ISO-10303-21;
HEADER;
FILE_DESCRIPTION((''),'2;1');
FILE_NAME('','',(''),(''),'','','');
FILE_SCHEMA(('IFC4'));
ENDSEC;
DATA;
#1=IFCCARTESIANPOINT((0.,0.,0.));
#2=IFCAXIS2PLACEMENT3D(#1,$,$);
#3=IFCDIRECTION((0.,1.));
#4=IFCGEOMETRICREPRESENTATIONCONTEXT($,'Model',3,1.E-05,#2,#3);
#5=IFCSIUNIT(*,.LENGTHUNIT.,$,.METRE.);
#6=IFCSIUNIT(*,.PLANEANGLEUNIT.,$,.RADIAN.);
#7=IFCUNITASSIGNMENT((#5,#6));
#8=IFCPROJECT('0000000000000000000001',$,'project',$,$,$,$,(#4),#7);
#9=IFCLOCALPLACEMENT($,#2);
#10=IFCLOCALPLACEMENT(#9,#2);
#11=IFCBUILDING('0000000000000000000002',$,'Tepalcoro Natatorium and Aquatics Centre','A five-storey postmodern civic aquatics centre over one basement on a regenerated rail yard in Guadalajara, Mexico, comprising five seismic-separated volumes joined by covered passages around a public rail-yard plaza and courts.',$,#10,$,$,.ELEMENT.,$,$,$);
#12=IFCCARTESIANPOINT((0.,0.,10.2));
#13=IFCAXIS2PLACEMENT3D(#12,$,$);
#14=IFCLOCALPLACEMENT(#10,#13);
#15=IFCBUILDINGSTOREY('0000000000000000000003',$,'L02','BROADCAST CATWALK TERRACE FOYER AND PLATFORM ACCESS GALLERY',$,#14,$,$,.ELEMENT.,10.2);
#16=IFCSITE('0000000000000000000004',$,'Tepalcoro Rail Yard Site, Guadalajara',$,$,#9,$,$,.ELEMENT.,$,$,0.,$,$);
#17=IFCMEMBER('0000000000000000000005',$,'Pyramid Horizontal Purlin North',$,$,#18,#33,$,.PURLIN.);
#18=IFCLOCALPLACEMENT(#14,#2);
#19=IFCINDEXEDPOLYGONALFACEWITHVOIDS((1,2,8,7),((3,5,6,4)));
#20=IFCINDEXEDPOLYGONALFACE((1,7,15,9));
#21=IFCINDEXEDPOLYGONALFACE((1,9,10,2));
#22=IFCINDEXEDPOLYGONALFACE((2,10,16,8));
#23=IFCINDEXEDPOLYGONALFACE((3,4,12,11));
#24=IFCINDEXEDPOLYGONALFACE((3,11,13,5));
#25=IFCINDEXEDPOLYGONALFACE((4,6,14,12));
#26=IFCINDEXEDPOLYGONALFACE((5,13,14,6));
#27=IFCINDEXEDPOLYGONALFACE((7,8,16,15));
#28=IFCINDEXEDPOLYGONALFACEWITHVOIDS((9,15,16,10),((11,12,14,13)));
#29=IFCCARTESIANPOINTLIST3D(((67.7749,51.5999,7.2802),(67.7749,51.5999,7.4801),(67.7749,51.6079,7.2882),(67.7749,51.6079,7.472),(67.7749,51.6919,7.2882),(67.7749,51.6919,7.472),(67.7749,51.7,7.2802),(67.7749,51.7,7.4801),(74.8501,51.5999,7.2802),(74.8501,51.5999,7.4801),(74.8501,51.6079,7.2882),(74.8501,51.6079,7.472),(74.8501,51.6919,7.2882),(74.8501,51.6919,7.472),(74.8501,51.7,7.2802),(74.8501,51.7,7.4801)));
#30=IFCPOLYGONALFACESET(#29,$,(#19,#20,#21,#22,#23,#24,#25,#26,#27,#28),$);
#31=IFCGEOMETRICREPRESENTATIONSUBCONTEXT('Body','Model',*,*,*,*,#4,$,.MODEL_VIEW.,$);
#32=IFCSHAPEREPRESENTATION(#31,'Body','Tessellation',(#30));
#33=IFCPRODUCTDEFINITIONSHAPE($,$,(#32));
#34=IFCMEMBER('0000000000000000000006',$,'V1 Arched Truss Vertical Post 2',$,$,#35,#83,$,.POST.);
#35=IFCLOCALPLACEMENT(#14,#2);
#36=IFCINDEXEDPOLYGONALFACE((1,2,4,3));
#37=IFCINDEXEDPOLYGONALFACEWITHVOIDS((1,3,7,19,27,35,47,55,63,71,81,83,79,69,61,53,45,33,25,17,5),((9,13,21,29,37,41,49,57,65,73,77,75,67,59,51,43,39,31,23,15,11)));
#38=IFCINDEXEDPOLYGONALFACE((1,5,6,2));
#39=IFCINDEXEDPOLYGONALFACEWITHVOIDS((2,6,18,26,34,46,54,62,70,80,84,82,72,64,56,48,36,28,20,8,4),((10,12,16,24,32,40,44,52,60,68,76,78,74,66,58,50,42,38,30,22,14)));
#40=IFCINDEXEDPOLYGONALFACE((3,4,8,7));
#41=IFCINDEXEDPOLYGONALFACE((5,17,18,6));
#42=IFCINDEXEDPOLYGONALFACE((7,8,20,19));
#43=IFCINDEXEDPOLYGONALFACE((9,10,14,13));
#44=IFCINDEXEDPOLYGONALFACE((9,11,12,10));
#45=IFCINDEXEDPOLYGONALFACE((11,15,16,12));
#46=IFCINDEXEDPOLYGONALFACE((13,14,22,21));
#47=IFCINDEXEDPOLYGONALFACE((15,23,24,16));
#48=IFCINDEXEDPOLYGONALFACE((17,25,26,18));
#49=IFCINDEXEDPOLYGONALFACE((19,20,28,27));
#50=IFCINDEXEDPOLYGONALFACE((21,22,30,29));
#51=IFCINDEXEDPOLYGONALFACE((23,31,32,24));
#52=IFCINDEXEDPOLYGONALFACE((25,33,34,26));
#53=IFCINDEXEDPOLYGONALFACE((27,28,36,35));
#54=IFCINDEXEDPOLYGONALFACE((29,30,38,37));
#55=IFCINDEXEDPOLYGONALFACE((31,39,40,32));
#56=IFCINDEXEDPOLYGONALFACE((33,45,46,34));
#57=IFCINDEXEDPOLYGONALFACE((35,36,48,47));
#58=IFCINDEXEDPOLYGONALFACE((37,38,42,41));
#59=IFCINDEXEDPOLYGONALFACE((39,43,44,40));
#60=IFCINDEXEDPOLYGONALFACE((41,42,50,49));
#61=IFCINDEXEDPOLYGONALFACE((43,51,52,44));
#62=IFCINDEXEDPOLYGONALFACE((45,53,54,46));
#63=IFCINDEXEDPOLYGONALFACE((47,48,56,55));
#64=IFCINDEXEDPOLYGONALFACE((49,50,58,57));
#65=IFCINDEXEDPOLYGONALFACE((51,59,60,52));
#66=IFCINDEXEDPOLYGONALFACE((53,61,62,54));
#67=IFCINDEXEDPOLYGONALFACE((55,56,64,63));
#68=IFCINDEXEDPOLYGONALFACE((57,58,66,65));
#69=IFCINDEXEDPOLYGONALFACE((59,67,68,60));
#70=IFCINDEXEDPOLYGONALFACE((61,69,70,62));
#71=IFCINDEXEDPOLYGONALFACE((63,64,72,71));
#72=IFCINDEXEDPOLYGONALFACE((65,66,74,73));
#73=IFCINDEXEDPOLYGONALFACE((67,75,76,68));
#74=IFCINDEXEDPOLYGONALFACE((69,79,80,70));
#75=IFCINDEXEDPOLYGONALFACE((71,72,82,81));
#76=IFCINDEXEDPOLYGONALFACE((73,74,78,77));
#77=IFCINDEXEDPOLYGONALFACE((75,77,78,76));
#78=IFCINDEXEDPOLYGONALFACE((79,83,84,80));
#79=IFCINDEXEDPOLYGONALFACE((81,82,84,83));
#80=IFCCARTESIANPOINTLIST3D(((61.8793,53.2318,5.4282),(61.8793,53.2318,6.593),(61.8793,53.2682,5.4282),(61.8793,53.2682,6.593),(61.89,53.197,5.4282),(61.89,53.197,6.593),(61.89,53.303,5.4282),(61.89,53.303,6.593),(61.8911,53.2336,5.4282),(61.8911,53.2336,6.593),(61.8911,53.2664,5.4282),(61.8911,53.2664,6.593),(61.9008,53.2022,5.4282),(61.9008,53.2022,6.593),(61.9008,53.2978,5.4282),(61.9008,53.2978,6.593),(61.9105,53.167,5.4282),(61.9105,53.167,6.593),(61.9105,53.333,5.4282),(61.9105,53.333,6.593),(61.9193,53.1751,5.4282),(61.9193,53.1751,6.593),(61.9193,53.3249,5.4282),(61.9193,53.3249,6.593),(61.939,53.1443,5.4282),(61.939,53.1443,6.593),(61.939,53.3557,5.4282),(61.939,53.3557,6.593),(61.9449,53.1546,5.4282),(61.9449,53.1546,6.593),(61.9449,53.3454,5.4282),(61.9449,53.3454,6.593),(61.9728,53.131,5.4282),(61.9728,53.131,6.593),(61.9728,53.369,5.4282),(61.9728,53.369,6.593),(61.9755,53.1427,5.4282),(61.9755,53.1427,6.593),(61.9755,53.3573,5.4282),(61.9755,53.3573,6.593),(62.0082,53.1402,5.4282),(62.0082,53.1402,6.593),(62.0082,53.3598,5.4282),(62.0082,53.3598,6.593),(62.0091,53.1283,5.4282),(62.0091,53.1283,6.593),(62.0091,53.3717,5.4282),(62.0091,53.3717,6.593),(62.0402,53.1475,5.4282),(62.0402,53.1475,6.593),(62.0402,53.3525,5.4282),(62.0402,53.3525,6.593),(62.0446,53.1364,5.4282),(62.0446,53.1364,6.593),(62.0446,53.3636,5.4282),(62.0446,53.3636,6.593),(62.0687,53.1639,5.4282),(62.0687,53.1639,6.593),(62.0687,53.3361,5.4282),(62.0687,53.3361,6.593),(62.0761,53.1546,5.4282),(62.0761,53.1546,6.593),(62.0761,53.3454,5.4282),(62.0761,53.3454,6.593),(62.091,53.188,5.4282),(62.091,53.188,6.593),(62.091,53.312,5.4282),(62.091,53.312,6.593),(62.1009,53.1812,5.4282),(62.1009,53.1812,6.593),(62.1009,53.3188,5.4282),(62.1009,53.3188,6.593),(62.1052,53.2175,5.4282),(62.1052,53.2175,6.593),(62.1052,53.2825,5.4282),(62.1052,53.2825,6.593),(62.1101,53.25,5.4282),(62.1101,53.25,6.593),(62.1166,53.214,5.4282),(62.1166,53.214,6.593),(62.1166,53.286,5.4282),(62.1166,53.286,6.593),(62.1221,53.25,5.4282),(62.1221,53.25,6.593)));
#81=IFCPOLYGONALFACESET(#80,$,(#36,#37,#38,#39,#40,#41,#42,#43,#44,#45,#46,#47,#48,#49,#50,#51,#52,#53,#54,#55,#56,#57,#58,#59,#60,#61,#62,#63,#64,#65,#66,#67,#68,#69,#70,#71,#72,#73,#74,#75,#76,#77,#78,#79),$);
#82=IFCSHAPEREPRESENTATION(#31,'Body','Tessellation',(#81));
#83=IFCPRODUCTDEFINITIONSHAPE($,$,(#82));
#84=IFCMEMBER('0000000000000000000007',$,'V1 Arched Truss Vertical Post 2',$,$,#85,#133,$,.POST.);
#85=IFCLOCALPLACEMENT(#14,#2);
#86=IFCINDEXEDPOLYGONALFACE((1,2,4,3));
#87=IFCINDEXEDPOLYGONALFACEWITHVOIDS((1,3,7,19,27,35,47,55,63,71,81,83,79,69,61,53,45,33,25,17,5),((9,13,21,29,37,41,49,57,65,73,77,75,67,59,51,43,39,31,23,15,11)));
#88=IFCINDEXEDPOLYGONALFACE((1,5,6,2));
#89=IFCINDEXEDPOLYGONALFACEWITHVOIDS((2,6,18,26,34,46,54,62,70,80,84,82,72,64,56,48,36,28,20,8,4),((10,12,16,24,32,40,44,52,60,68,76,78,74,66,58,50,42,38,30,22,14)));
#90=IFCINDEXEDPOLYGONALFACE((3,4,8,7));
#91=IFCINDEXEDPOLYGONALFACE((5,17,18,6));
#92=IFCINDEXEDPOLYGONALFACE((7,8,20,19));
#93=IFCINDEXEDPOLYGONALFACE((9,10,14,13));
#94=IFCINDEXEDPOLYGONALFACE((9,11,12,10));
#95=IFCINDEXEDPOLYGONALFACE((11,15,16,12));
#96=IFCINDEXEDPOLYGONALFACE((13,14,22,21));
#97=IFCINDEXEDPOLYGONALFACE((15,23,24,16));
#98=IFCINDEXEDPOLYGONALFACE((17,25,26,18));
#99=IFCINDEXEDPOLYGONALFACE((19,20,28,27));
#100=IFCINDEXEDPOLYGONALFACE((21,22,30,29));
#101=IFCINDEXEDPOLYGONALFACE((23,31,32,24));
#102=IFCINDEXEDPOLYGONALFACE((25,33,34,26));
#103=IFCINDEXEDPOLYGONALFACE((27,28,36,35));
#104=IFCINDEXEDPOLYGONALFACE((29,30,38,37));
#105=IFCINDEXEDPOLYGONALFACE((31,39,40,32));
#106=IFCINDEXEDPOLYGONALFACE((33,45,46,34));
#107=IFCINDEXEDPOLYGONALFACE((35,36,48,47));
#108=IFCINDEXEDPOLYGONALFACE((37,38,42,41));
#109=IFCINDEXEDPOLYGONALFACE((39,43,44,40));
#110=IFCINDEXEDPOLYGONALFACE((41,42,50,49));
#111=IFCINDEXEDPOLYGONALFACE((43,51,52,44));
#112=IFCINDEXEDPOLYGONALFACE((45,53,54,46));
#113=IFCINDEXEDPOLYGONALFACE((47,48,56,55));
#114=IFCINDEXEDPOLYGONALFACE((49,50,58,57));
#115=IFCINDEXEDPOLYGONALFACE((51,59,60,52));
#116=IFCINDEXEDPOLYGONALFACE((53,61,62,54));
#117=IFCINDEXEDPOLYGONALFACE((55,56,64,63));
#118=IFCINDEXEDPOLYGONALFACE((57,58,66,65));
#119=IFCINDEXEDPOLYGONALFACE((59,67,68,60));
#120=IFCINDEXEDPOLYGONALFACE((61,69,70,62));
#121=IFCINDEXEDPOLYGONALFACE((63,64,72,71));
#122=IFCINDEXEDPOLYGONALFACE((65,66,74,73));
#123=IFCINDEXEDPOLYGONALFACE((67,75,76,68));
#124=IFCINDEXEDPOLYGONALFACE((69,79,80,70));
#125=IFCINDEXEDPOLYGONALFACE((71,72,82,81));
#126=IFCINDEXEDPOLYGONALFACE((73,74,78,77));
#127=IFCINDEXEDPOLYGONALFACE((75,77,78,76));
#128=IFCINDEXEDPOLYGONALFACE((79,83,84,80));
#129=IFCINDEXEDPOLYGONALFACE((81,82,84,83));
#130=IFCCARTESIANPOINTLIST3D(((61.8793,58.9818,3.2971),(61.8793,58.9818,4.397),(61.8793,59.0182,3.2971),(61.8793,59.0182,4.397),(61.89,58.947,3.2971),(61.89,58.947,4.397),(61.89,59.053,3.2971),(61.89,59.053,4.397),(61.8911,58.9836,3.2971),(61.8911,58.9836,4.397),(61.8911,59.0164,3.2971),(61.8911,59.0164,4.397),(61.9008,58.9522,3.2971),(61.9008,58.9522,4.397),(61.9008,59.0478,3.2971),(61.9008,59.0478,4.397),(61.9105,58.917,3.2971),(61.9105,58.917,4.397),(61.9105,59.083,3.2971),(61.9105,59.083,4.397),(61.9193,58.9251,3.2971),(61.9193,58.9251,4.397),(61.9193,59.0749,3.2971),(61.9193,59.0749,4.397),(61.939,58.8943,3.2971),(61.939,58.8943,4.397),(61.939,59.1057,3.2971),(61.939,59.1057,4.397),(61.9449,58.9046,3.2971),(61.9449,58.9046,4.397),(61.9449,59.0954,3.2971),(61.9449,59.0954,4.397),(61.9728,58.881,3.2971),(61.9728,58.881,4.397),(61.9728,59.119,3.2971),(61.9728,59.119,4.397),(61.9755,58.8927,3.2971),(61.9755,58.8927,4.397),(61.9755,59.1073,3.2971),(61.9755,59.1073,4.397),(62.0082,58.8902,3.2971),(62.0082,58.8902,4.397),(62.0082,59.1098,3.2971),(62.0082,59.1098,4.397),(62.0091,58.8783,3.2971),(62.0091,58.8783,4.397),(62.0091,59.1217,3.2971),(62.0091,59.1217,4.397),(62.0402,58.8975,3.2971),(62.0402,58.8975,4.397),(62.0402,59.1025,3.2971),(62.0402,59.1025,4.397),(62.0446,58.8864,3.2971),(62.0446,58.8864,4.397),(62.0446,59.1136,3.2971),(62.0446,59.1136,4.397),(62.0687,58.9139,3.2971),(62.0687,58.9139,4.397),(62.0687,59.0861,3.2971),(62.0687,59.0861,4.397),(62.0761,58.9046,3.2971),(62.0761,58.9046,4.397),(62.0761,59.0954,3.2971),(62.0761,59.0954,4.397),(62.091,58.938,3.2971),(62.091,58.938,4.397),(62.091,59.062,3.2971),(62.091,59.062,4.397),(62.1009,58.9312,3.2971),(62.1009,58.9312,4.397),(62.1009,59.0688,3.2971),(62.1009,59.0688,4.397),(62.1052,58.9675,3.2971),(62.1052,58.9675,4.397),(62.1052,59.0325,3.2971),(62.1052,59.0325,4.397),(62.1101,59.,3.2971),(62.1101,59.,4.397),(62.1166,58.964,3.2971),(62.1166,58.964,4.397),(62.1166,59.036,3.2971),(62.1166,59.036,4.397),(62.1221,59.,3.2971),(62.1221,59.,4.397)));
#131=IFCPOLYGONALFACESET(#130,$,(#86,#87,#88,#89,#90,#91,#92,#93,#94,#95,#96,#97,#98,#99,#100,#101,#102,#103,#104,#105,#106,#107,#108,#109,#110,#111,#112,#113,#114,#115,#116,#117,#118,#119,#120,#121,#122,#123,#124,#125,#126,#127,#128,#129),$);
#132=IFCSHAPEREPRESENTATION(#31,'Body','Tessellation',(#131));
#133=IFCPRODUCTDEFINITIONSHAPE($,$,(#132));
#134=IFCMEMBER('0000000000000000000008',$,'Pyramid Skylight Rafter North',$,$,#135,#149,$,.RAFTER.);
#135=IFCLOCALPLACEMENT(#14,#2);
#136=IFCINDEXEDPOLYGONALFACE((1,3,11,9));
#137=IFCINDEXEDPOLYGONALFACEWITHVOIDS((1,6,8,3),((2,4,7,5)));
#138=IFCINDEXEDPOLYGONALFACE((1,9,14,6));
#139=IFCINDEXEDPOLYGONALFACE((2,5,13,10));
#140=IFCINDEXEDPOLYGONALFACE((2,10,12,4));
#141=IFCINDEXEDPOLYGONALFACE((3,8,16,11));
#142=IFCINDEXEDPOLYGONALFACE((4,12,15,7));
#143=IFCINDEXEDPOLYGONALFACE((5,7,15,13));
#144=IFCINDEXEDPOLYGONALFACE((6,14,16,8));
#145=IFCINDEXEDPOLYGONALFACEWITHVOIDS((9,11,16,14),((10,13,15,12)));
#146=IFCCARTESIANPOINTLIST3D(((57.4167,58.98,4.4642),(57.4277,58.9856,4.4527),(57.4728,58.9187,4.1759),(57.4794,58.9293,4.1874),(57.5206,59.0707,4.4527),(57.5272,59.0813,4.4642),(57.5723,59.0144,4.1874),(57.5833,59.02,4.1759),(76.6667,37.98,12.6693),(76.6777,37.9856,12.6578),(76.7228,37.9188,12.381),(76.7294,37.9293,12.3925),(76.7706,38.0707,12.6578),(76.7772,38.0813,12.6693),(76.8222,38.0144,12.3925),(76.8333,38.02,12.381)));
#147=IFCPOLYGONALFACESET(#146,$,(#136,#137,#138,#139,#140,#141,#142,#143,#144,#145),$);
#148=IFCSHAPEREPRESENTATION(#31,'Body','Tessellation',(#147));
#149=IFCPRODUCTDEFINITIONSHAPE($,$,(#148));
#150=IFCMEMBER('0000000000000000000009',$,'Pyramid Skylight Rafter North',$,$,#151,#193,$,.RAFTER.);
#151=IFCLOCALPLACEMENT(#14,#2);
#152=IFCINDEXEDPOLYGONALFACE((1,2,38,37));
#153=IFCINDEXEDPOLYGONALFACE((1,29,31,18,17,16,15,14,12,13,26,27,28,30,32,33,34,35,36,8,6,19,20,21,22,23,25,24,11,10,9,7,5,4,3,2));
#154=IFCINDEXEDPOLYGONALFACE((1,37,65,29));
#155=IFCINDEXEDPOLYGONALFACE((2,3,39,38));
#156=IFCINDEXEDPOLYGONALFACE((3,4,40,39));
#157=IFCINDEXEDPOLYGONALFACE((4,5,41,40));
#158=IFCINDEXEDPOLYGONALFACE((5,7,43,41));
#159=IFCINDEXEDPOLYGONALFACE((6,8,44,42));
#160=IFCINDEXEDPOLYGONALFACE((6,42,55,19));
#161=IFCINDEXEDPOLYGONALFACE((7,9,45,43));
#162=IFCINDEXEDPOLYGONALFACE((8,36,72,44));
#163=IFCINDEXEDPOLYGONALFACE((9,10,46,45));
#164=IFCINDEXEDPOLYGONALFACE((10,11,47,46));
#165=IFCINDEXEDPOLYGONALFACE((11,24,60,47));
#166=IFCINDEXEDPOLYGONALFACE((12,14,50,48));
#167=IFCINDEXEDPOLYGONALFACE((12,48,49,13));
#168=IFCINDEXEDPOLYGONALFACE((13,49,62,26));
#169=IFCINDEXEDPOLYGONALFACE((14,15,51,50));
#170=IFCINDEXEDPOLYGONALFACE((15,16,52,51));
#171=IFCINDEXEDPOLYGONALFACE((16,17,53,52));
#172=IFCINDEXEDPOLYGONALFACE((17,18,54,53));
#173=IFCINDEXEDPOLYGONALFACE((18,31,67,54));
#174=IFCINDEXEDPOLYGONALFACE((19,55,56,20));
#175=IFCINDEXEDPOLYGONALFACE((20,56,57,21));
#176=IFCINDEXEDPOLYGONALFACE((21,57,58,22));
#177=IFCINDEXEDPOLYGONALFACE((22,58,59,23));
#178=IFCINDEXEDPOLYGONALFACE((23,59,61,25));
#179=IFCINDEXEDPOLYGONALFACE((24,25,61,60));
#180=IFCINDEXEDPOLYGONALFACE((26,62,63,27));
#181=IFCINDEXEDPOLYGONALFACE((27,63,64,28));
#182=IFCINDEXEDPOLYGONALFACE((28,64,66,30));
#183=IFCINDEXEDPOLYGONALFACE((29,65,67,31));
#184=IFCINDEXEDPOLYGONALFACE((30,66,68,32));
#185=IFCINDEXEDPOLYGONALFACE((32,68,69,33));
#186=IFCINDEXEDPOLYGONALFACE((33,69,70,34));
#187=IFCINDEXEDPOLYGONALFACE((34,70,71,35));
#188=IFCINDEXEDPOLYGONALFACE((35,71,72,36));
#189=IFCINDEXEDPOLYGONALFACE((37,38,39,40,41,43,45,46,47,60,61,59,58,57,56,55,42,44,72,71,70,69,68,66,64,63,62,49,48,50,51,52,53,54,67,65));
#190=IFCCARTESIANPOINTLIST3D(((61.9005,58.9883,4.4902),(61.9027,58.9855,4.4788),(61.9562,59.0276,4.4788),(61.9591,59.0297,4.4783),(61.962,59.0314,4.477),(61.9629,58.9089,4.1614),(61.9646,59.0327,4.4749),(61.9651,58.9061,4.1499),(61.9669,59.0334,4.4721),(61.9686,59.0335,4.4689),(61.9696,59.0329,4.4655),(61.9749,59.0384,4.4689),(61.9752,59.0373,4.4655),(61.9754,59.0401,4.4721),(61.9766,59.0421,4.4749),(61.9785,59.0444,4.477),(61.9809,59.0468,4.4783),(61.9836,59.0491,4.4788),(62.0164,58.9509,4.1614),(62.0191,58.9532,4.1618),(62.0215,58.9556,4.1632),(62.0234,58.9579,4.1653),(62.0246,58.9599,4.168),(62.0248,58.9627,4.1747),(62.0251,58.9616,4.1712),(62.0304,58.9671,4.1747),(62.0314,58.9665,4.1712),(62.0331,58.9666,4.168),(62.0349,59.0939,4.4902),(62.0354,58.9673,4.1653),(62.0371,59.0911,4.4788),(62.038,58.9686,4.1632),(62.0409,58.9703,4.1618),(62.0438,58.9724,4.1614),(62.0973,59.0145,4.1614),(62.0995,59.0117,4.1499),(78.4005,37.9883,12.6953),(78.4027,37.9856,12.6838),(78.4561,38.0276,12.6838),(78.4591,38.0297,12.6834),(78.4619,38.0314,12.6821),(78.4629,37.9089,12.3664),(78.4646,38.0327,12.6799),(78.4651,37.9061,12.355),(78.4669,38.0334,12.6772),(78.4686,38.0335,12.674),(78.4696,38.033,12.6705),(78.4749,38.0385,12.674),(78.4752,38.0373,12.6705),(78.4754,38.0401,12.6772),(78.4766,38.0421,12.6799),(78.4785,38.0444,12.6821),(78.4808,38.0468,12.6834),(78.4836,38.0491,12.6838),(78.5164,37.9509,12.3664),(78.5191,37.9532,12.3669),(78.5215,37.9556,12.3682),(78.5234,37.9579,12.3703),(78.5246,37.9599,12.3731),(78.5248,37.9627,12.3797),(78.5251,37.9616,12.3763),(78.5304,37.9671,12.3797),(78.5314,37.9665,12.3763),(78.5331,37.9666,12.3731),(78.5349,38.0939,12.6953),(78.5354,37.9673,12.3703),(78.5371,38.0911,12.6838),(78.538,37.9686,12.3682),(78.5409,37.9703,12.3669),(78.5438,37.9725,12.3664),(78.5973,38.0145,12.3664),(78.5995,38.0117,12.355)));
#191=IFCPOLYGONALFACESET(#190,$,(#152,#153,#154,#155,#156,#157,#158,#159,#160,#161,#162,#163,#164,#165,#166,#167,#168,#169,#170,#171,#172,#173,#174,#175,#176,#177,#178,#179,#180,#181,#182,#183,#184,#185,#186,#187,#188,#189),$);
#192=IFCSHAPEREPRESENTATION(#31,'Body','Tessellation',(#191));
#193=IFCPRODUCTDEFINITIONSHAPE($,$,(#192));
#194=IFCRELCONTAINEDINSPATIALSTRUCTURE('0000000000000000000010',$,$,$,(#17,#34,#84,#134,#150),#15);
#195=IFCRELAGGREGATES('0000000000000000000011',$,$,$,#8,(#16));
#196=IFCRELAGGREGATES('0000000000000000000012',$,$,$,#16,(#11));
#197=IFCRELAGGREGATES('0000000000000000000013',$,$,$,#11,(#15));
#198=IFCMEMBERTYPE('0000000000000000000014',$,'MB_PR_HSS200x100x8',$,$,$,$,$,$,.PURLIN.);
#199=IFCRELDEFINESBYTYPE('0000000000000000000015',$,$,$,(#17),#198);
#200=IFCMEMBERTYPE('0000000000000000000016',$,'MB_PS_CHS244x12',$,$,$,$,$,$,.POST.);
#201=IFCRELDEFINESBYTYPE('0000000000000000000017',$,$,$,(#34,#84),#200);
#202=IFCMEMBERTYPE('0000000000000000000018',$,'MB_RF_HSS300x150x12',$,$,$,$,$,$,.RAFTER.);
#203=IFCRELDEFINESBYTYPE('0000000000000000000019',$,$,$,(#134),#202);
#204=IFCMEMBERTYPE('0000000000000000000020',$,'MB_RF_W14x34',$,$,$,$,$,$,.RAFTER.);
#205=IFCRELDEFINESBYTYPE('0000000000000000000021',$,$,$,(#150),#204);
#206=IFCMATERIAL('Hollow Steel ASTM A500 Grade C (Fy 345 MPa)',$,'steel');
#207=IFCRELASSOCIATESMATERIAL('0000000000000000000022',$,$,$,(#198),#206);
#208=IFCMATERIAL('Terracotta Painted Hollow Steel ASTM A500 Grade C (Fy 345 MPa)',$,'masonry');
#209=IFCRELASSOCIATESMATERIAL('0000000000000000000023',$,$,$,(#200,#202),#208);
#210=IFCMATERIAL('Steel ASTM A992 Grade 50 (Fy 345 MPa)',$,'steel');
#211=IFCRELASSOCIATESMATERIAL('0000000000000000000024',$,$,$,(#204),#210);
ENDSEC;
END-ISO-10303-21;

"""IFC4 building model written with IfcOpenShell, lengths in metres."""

from ifc_helpers import new_model, si_unit, direction, frame, origin, origin_2d, place, context, subcontext, project, spatial, hollow_rectangle, hollow_circle, i_section, extrude, material, material_profile, profile_set, type_object, element, save


model = new_model("IFC4")

# Units and contexts
model_context = context("Model", 3, precision=1e-05, world=origin(), true_north=direction((0.0, 1.0)))
body_context = subcontext(model_context, "Body", "Model", "MODEL_VIEW")
ifc_project = project(units=[si_unit("LENGTHUNIT", "METRE"), si_unit("PLANEANGLEUNIT", "RADIAN")], contexts=[model_context])

# Site, building, storey
site_placement = place(None, origin())
site = spatial("IfcSite", under=ifc_project, at=site_placement, Name="Tepalcoro Rail Yard Site, Guadalajara", CompositionType="ELEMENT", RefElevation=0.0)
building_placement = place(site_placement, origin())
building = spatial("IfcBuilding", under=site, at=building_placement, Name="Tepalcoro Natatorium and Aquatics Centre", Description="A five-storey postmodern civic aquatics centre over one basement on a regenerated rail yard in Guadalajara, Mexico, comprising five seismic-separated volumes joined by covered passages around a public rail-yard plaza and courts.", CompositionType="ELEMENT")
storey_placement = place(building_placement, frame((0.0, 0.0, 10.2)))
storey = spatial("IfcBuildingStorey", under=building, at=storey_placement, Name="L02", Description="BROADCAST CATWALK TERRACE FOYER AND PLATFORM ACCESS GALLERY", CompositionType="ELEMENT", Elevation=10.2)

# Shared definitions
ifc_material_1 = material(Name="Steel ASTM A992 Grade 50 (Fy 345 MPa)", Category="steel")

# Shared definitions
ifc_material_2 = material(Name="Terracotta Painted Hollow Steel ASTM A500 Grade C (Fy 345 MPa)", Category="masonry")

# Members
ifc_material_3 = material(Name="Hollow Steel ASTM A500 Grade C (Fy 345 MPa)", Category="steel")
ifc_material_profile_1 = material_profile(ifc_material_3, hollow_rectangle(XDim=0.1001, YDim=0.2, WallThickness=0.0081, at=origin_2d()), Name="HSS200X100X8")
ifc_profile_set_1 = profile_set([ifc_material_profile_1], Name="Hollow Steel ASTM A500 Grade C (Fy 345 MPa)")
member_type_1 = type_object("IfcMemberType", Name="MB_PR_HSS200x100x8", PredefinedType="PURLIN", material=ifc_profile_set_1)
member_1_placement = place(storey_placement, frame((67.7749, 51.6499, 7.3801), z_axis=(1.0, 0.0, 0.0), x_axis=(0.0, 1.0, 0.0)))
element("IfcMember", 1, at=member_1_placement, inside=storey, type_object=member_type_1, Name="Pyramid Horizontal Purlin North", PredefinedType="PURLIN", context=body_context, shape_type="SweptSolid", body=[
    extrude(hollow_rectangle(XDim=0.1001, YDim=0.2, WallThickness=0.0081, at=origin_2d()), origin(), (0.0, 0.0, 1.0), 7.0752),
])
ifc_material_profile_2 = material_profile(ifc_material_2, hollow_circle(Radius=0.1221, WallThickness=0.012, at=origin_2d()), Name="CHS244X12")
ifc_profile_set_2 = profile_set([ifc_material_profile_2], Name="Terracotta Painted Hollow Steel ASTM A500 Grade C (Fy 345 MPa)")
member_type_2 = type_object("IfcMemberType", Name="MB_PS_CHS244x12", PredefinedType="POST", material=ifc_profile_set_2)
member_2_placement = place(storey_placement, frame((62.0, 53.25, 5.4282), z_axis=(0.0, 0.0, 1.0), x_axis=(1.0, 0.0, 0.0)))
element("IfcMember", 2, at=member_2_placement, inside=storey, type_object=member_type_2, Name="V1 Arched Truss Vertical Post 2", PredefinedType="POST", context=body_context, shape_type="SweptSolid", body=[
    extrude(hollow_circle(Radius=0.1221, WallThickness=0.012, at=origin_2d()), origin(), (0.0, 0.0, 1.0), 1.1648),
])
member_3_placement = place(storey_placement, frame((62.0, 59.0, 3.2971), z_axis=(0.0, 0.0, 1.0), x_axis=(1.0, 0.0, 0.0)))
element("IfcMember", 3, at=member_3_placement, inside=storey, type_object=member_type_2, Name="V1 Arched Truss Vertical Post 2", PredefinedType="POST", context=body_context, shape_type="SweptSolid", body=[
    extrude(hollow_circle(Radius=0.1221, WallThickness=0.012, at=origin_2d()), origin(), (0.0, 0.0, 1.0), 1.0999),
])
ifc_material_profile_3 = material_profile(ifc_material_2, hollow_rectangle(XDim=0.1499, YDim=0.3, WallThickness=0.012, at=origin_2d()), Name="HSS300X150X12")
ifc_profile_set_3 = profile_set([ifc_material_profile_3], Name="Terracotta Painted Hollow Steel ASTM A500 Grade C (Fy 345 MPa)")
member_type_3 = type_object("IfcMemberType", Name="MB_RF_HSS300x150x12", PredefinedType="RAFTER", material=ifc_profile_set_3)
member_4_placement = place(storey_placement, frame((57.5, 59.0, 4.3201), z_axis=(0.649329, -0.708358, 0.276768), x_axis=(0.737154, 0.675725, 0.0)))
element("IfcMember", 4, at=member_4_placement, inside=storey, type_object=member_type_3, Name="Pyramid Skylight Rafter North", PredefinedType="RAFTER", context=body_context, shape_type="SweptSolid", body=[
    extrude(hollow_rectangle(XDim=0.1499, YDim=0.3, WallThickness=0.012, at=origin_2d()), origin(), (0.0, 0.0, 1.0), 29.646),
])
ifc_material_profile_4 = material_profile(ifc_material_1, i_section(OverallWidth=0.1709, OverallDepth=0.356, WebThickness=0.0071, FlangeThickness=0.012, FilletRadius=0.0139, at=origin_2d()), Name="W14X34")
ifc_profile_set_4 = profile_set([ifc_material_profile_4], Name="Steel ASTM A992 Grade 50 (Fy 345 MPa)")
member_type_4 = type_object("IfcMemberType", Name="MB_RF_W14x34", PredefinedType="RAFTER", material=ifc_profile_set_4)
member_5_placement = place(storey_placement, frame((62.0, 59.0, 4.3201), z_axis=(0.590578, -0.751644, 0.293681), x_axis=(0.786318, 0.617822, 0.0)))
element("IfcMember", 5, at=member_5_placement, inside=storey, type_object=member_type_4, Name="Pyramid Skylight Rafter North", PredefinedType="RAFTER", context=body_context, shape_type="SweptSolid", body=[
    extrude(i_section(OverallWidth=0.1709, OverallDepth=0.356, WebThickness=0.0071, FlangeThickness=0.012, FilletRadius=0.0139, at=origin_2d()), origin(), (0.0, 0.0, 1.0), 27.9387),
])

save(model, "model.ifc")
